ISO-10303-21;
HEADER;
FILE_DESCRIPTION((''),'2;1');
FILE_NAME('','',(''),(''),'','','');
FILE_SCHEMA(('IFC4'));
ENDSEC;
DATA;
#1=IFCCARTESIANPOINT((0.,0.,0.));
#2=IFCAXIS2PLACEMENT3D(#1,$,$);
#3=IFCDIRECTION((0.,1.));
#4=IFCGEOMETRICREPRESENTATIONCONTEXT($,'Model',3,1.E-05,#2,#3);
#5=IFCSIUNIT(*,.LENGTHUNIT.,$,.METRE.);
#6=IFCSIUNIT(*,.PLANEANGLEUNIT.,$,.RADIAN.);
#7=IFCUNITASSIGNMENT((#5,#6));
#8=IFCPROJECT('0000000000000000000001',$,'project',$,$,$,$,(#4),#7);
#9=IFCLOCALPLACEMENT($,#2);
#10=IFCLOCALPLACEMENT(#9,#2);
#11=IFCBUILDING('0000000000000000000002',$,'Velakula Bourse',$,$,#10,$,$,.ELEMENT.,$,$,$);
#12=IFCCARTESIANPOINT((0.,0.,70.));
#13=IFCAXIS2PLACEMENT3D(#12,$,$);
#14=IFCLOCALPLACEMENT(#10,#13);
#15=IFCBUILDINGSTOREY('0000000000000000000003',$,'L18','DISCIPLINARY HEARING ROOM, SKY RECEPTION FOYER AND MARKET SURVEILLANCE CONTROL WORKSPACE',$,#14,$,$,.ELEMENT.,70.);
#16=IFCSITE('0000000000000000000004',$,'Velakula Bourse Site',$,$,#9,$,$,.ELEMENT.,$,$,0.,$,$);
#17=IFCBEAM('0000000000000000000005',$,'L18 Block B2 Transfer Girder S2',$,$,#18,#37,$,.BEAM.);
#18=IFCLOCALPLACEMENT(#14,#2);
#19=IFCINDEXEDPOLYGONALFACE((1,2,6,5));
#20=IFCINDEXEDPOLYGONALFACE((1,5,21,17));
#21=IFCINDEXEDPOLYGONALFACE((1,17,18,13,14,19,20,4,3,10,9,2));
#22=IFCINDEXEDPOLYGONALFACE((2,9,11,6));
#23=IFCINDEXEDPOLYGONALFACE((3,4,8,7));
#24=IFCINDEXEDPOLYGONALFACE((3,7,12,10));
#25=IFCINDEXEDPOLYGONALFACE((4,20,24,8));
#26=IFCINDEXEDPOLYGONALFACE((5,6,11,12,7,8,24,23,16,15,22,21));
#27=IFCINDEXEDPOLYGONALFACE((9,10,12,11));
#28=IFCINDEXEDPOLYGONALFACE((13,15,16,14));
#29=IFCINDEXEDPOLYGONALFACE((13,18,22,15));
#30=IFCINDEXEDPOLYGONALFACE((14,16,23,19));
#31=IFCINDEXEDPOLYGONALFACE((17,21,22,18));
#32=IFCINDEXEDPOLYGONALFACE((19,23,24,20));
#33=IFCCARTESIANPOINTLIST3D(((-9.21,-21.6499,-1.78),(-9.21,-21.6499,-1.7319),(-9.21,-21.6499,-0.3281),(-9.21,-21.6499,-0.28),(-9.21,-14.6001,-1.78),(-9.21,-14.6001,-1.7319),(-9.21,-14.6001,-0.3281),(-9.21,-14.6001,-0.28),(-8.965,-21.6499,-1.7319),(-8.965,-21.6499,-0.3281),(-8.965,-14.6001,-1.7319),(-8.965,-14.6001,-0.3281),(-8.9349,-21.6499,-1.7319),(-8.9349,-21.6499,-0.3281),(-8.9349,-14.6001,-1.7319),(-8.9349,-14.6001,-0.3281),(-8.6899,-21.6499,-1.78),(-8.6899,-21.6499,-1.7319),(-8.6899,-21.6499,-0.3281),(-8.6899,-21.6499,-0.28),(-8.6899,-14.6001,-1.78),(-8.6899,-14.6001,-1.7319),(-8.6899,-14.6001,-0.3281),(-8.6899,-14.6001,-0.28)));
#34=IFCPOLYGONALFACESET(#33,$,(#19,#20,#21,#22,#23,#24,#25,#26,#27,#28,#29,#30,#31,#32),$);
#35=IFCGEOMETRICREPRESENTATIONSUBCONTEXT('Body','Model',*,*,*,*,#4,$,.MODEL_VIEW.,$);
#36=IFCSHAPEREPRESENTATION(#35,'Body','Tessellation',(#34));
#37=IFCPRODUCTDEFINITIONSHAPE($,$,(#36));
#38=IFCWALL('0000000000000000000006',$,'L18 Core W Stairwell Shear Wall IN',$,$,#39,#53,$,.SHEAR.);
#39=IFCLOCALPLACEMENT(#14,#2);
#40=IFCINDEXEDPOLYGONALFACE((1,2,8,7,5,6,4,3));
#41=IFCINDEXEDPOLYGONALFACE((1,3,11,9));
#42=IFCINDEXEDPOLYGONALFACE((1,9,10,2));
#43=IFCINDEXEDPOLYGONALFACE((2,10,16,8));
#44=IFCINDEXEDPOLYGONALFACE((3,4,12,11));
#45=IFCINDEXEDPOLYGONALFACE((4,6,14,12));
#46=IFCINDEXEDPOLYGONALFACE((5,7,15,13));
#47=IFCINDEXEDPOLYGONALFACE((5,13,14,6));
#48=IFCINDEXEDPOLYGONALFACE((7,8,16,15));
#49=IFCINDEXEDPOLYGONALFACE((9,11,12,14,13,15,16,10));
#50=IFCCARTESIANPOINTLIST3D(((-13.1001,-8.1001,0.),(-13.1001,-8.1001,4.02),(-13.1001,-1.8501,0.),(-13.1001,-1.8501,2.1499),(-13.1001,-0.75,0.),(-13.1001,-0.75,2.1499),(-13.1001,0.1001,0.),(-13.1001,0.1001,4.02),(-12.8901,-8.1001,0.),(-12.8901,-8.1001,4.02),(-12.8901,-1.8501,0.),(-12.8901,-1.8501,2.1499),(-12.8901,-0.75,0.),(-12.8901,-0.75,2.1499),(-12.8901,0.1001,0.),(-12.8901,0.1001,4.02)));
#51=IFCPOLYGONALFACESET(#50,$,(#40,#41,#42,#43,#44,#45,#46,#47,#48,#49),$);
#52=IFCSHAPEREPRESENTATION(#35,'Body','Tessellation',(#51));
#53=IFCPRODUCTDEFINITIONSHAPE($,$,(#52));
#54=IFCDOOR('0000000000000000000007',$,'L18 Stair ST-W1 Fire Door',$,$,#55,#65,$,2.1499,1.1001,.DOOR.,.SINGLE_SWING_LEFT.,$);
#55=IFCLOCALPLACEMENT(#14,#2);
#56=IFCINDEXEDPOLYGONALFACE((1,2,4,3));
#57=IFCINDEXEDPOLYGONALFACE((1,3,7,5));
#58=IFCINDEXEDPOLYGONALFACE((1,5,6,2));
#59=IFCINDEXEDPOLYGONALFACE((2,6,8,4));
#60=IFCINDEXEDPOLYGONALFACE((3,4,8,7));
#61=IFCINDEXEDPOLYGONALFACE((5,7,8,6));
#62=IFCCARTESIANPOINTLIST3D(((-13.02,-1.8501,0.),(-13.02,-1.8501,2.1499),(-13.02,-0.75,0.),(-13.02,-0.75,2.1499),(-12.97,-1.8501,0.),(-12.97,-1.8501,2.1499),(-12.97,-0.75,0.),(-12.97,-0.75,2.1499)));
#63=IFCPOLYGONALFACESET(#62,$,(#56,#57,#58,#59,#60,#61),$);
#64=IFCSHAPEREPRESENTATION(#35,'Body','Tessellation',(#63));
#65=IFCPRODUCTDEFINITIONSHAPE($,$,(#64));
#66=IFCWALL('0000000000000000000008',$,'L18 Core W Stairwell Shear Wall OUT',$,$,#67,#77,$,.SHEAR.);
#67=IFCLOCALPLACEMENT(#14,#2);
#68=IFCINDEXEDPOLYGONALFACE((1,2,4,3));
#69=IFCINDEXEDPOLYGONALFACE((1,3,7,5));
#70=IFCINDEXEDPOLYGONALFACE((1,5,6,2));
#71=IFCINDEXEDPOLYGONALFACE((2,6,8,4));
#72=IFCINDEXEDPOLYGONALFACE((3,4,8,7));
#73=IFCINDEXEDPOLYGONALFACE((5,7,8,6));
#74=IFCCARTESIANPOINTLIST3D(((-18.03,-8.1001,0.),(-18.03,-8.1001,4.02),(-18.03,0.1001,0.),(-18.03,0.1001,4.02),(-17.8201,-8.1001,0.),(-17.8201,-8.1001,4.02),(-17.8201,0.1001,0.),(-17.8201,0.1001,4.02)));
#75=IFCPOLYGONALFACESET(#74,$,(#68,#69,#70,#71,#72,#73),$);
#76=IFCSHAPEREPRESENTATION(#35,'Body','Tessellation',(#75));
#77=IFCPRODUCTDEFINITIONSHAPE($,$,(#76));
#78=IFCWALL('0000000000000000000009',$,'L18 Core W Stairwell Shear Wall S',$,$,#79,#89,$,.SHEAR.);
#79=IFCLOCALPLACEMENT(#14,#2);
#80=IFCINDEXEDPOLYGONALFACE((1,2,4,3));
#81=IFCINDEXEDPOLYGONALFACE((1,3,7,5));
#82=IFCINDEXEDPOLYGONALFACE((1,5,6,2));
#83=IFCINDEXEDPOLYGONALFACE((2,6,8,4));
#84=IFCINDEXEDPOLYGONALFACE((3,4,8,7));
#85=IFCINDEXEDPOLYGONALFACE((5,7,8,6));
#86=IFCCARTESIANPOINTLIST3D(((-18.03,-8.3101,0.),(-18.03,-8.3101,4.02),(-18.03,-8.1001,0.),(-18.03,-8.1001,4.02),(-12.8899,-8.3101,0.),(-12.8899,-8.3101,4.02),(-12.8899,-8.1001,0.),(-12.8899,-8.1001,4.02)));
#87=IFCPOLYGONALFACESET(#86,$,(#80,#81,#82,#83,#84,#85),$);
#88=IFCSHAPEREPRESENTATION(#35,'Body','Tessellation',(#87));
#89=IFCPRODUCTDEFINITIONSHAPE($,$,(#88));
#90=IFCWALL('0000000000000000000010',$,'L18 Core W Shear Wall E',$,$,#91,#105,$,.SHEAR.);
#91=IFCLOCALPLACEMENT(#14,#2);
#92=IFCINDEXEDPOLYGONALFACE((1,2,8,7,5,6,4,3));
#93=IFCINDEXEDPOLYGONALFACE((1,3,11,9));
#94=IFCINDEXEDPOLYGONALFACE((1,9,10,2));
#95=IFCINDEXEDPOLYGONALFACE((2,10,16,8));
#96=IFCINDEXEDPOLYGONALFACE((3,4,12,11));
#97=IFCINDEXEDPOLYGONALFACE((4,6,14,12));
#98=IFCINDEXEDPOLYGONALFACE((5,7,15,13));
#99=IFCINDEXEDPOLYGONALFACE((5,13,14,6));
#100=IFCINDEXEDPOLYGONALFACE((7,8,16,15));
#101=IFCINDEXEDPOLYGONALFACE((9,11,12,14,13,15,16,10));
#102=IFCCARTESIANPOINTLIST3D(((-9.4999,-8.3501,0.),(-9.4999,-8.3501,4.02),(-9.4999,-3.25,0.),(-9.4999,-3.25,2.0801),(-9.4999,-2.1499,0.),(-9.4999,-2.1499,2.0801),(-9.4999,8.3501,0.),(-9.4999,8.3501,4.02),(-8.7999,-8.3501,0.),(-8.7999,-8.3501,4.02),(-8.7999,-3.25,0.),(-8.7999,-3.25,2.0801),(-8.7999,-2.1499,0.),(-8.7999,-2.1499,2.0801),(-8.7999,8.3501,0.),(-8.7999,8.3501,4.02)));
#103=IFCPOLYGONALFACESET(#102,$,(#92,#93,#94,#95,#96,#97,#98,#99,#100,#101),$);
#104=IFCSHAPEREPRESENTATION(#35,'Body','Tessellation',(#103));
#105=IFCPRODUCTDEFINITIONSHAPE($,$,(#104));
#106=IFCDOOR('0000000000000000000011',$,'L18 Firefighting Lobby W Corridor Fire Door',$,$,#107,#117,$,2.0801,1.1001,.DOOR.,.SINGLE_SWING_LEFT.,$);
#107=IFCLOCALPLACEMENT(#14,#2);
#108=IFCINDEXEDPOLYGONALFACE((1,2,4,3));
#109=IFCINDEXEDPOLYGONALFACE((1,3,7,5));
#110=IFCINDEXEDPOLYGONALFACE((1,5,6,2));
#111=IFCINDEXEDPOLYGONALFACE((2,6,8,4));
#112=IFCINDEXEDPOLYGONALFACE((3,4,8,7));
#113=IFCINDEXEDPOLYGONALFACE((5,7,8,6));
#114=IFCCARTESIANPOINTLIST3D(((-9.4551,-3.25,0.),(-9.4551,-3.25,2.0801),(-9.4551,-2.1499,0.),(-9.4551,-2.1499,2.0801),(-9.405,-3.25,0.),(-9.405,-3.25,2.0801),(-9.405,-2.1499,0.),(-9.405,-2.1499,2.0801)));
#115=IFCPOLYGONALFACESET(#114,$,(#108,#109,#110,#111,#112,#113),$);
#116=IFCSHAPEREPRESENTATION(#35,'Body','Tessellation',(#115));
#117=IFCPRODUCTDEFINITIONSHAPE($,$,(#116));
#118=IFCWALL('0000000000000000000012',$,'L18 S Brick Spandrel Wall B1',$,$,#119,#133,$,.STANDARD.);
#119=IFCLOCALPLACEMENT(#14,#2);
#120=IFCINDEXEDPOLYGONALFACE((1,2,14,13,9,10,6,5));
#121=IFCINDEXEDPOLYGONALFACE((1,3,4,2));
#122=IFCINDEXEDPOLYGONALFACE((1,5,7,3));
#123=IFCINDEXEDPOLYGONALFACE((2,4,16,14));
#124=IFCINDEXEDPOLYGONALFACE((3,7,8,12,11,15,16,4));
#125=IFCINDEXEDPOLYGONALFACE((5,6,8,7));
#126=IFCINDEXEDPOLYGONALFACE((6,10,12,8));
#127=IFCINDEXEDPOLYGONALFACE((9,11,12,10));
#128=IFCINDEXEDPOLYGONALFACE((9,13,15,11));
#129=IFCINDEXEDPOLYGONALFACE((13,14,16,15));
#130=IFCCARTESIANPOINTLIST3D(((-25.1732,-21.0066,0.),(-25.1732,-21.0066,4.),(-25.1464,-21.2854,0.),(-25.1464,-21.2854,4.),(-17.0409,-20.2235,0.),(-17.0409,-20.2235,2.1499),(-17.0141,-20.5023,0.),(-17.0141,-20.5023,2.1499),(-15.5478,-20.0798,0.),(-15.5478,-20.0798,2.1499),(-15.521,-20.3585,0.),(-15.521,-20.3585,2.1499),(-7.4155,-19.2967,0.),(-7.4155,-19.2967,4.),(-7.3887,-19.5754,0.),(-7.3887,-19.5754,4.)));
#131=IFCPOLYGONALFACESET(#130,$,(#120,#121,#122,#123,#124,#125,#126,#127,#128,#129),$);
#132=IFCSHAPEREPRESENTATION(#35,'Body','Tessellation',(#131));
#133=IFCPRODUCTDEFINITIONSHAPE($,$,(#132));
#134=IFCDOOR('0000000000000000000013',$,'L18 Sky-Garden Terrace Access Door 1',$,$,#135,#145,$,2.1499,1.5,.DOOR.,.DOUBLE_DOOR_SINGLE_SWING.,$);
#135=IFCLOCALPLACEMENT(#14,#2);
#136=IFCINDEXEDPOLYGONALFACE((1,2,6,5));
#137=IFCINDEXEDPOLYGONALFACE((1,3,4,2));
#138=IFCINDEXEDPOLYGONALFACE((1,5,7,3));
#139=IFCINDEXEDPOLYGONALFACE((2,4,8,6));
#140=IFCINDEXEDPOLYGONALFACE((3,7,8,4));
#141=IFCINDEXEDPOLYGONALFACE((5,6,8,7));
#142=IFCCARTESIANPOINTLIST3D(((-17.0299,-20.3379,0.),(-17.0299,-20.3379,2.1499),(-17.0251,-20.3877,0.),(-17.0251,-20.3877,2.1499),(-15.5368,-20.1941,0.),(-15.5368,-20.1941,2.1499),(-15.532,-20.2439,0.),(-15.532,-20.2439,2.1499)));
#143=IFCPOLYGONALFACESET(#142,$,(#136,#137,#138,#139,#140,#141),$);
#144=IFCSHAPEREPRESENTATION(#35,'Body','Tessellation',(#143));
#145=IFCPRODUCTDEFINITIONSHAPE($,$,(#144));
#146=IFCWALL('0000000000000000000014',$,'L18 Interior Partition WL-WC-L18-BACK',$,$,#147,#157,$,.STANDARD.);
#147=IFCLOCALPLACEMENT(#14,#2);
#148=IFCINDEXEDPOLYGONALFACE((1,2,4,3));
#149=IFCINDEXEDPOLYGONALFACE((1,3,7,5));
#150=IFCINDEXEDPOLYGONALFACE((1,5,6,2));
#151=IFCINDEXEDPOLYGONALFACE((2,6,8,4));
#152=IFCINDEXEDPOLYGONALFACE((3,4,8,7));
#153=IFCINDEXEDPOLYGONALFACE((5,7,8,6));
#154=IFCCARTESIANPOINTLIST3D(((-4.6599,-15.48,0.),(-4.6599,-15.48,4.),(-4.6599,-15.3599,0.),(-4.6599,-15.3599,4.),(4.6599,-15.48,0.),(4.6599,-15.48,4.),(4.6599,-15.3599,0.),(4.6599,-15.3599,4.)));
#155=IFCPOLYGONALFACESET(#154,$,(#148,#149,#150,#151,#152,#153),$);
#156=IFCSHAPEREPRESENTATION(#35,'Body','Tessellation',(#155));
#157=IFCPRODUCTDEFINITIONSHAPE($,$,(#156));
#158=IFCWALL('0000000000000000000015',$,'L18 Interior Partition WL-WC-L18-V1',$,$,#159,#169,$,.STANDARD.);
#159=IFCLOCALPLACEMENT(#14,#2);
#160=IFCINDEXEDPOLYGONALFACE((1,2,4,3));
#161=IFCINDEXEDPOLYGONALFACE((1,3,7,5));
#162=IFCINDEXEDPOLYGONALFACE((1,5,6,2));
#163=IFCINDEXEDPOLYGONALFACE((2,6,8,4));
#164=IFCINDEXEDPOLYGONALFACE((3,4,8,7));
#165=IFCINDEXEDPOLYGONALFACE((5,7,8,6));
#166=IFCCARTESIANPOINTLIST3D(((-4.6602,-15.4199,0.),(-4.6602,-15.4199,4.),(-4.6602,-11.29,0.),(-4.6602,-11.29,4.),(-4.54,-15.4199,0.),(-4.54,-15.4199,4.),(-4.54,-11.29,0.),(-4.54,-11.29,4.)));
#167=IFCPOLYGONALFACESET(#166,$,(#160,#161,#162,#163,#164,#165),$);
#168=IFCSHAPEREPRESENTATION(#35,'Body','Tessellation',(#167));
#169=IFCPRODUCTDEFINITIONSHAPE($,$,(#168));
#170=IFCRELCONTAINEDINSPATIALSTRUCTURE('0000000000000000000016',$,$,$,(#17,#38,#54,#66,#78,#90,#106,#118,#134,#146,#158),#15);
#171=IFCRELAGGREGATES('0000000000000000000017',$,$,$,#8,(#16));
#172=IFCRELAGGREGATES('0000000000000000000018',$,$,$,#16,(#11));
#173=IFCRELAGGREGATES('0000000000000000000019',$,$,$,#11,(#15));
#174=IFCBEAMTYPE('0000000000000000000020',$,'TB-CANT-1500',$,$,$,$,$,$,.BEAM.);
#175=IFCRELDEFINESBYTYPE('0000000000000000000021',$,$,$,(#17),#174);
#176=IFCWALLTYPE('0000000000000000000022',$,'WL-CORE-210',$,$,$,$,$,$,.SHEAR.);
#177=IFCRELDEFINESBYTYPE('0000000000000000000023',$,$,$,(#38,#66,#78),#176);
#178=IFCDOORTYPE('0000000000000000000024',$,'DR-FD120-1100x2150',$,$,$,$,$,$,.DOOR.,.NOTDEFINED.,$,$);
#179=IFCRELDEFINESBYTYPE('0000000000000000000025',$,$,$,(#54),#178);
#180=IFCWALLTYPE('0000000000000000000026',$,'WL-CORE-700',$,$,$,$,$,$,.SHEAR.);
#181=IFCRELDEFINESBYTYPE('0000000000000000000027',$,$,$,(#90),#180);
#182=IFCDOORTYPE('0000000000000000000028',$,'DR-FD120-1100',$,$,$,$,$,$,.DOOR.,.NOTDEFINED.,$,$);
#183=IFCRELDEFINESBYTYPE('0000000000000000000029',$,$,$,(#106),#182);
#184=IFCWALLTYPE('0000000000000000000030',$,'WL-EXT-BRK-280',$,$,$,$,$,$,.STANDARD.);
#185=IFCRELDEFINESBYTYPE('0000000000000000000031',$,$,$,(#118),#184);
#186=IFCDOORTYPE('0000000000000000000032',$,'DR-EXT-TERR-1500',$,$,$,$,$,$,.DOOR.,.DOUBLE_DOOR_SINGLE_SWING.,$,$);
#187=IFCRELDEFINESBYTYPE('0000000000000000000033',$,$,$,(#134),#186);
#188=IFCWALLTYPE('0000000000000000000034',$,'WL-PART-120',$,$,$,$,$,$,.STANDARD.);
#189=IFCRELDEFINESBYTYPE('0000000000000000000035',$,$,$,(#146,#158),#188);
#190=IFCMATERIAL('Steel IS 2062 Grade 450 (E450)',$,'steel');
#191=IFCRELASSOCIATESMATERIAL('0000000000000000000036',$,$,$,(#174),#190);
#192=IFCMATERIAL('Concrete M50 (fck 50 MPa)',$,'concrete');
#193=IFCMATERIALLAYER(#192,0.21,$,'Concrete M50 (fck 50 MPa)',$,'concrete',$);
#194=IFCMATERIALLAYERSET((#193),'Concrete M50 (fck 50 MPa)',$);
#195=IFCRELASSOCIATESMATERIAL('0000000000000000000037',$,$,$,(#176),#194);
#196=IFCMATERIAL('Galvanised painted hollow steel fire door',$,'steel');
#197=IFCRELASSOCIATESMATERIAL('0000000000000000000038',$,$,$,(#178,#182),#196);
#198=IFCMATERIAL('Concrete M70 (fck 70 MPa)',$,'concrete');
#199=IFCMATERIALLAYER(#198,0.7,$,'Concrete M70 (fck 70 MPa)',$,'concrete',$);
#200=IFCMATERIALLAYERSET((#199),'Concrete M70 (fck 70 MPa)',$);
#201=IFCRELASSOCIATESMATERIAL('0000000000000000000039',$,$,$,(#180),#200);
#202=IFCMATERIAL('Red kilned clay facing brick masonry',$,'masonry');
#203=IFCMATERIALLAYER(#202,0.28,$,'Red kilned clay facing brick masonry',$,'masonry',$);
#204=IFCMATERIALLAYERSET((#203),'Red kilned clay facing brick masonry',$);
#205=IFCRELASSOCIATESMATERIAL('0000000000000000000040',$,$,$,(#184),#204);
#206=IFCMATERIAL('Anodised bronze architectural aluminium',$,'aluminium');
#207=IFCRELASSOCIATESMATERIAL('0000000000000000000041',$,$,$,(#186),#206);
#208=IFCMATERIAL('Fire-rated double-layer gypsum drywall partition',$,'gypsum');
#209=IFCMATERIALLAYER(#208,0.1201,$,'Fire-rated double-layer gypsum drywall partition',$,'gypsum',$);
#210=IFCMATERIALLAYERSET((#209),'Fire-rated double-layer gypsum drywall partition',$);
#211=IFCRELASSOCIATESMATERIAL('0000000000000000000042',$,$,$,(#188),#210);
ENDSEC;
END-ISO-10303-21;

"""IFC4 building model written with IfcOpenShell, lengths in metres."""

from ifc_helpers import new_model, si_unit, direction, frame, frame_2d, origin, origin_2d, place, context, subcontext, project, spatial, rectangle, i_section, extrude, material, layer, layer_set, material_profile, profile_set, type_object, element, fill, save


model = new_model("IFC4")

# Units and contexts
model_context = context("Model", 3, precision=1e-05, world=origin(), true_north=direction((0.0, 1.0)))
body_context = subcontext(model_context, "Body", "Model", "MODEL_VIEW")
ifc_project = project(units=[si_unit("LENGTHUNIT", "METRE"), si_unit("PLANEANGLEUNIT", "RADIAN")], contexts=[model_context])

# Site, building, storey
site_placement = place(None, origin())
site = spatial("IfcSite", under=ifc_project, at=site_placement, Name="Velakula Bourse Site", CompositionType="ELEMENT", RefElevation=0.0)
building_placement = place(site_placement, origin())
building = spatial("IfcBuilding", under=site, at=building_placement, Name="Velakula Bourse", CompositionType="ELEMENT")
storey_placement = place(building_placement, frame((0.0, 0.0, 70.0)))
storey = spatial("IfcBuildingStorey", under=building, at=storey_placement, Name="L18", Description="DISCIPLINARY HEARING ROOM, SKY RECEPTION FOYER AND MARKET SURVEILLANCE CONTROL WORKSPACE", CompositionType="ELEMENT", Elevation=70.0)

# Shared definitions
ifc_material_1 = material(Name="Concrete M70 (fck 70 MPa)", Category="concrete")
ifc_material_2 = material(Name="Steel IS 2062 Grade 450 (E450)", Category="steel")

# Beam
ifc_material_3 = material(Name="Concrete M50 (fck 50 MPa)", Category="concrete")
ifc_material_profile_1 = material_profile(ifc_material_2, i_section(OverallWidth=0.52, OverallDepth=1.5, WebThickness=0.03, FlangeThickness=0.0481, at=origin_2d()), Name="Steel IS 2062 Grade 450 (E450)")
ifc_profile_set_1 = profile_set([ifc_material_profile_1], Name="Steel IS 2062 Grade 450 (E450)")
beam_type_1 = type_object("IfcBeamType", Name="TB-CANT-1500", PredefinedType="BEAM", material=ifc_profile_set_1)
beam_1_placement = place(storey_placement, frame((-8.95, -21.6499, -1.03), z_axis=(0.0, 1.0, 0.0), x_axis=(-1.0, 0.0, 0.0)))
element("IfcBeam", 1, at=beam_1_placement, inside=storey, type_object=beam_type_1, Name="L18 Block B2 Transfer Girder S2", PredefinedType="BEAM", context=body_context, shape_type="SweptSolid", body=[
    extrude(i_section(OverallWidth=0.52, OverallDepth=1.5, WebThickness=0.03, FlangeThickness=0.0481, at=origin_2d()), origin(), (0.0, 0.0, 1.0), 7.0498),
])

# Wall, opening, door
ifc_layer_1 = layer(ifc_material_3, 0.21, Name="Concrete M50 (fck 50 MPa)", Category="concrete")
ifc_layer_set_1 = layer_set([ifc_layer_1], Name="Concrete M50 (fck 50 MPa)")
wall_type_1 = type_object("IfcWallType", Name="WL-CORE-210", PredefinedType="SHEAR", material=ifc_layer_set_1)
wall_1_placement = place(storey_placement, frame((-12.9951, -8.1001, 0.0), z_axis=(0.0, 0.0, 1.0), x_axis=(0.0, 1.0, 0.0)))
wall_1 = element("IfcWall", 2, at=wall_1_placement, inside=storey, type_object=wall_type_1, Name="L18 Core W Stairwell Shear Wall IN", PredefinedType="SHEAR", context=body_context, shape_type="SweptSolid", body=[
    extrude(rectangle(XDim=8.2002, YDim=0.21, at=frame_2d((4.1001, 0.0))), origin(), (0.0, 0.0, 1.0), 4.02),
])
opening_1_placement = place(wall_1_placement, frame((6.25, 0.0, 0.0)))
opening_1 = element("IfcOpeningElement", 3, at=opening_1_placement, cuts=wall_1, PredefinedType="OPENING", context=body_context, shape_type="SweptSolid", body=[
    extrude(rectangle(XDim=1.1001, YDim=2.1499, at=frame_2d((0.55, 1.075))), frame((0.0, 0.115, 0.0), z_axis=(0.0, -1.0, 0.0), x_axis=(1.0, 0.0, 0.0)), (0.0, 0.0, 1.0), 0.23),
])
ifc_material_4 = material(Name="Galvanised painted hollow steel fire door", Category="steel")
door_type_1 = type_object("IfcDoorType", Name="DR-FD120-1100x2150", OperationType="NOTDEFINED", PredefinedType="DOOR", material=ifc_material_4)
door_1_placement = place(opening_1_placement, origin())
door_1 = element("IfcDoor", 4, at=door_1_placement, inside=storey, type_object=door_type_1, Name="L18 Stair ST-W1 Fire Door", OperationType="SINGLE_SWING_LEFT", OverallHeight=2.1499, OverallWidth=1.1001, PredefinedType="DOOR", context=body_context, shape_type="SweptSolid", body=[
    extrude(rectangle(XDim=1.1001, YDim=2.1499, at=frame_2d((0.55, 1.075))), frame((0.0, 0.0249, 0.0), z_axis=(0.0, -1.0, 0.0), x_axis=(1.0, 0.0, 0.0)), (0.0, 0.0, 1.0), 0.05),
])
fill(opening_1, door_1)

# Walls
wall_2_placement = place(storey_placement, frame((-17.925, -8.1001, 0.0), z_axis=(0.0, 0.0, 1.0), x_axis=(0.0, 1.0, 0.0)))
element("IfcWall", 5, at=wall_2_placement, inside=storey, type_object=wall_type_1, Name="L18 Core W Stairwell Shear Wall OUT", PredefinedType="SHEAR", context=body_context, shape_type="SweptSolid", body=[
    extrude(rectangle(XDim=8.2002, YDim=0.21, at=frame_2d((4.1001, 0.0))), origin(), (0.0, 0.0, 1.0), 4.02),
])
wall_3_placement = place(storey_placement, frame((-18.03, -8.2051, 0.0), z_axis=(0.0, 0.0, 1.0), x_axis=(1.0, 0.0, 0.0)))
element("IfcWall", 6, at=wall_3_placement, inside=storey, type_object=wall_type_1, Name="L18 Core W Stairwell Shear Wall S", PredefinedType="SHEAR", context=body_context, shape_type="SweptSolid", body=[
    extrude(rectangle(XDim=5.1401, YDim=0.21, at=frame_2d((2.5701, 0.0))), origin(), (0.0, 0.0, 1.0), 4.02),
])

# Walls, openings, doors
ifc_layer_2 = layer(ifc_material_1, 0.7, Name="Concrete M70 (fck 70 MPa)", Category="concrete")
ifc_layer_set_2 = layer_set([ifc_layer_2], Name="Concrete M70 (fck 70 MPa)")
wall_type_2 = type_object("IfcWallType", Name="WL-CORE-700", PredefinedType="SHEAR", material=ifc_layer_set_2)
wall_4_placement = place(storey_placement, frame((-9.1499, -8.3501, 0.0), z_axis=(0.0, 0.0, 1.0), x_axis=(0.0, 1.0, 0.0)))
wall_4 = element("IfcWall", 7, at=wall_4_placement, inside=storey, type_object=wall_type_2, Name="L18 Core W Shear Wall E", PredefinedType="SHEAR", context=body_context, shape_type="SweptSolid", body=[
    extrude(rectangle(XDim=16.7002, YDim=0.7, at=frame_2d((8.3501, 0.0))), origin(), (0.0, 0.0, 1.0), 4.02),
])
opening_2_placement = place(wall_4_placement, frame((5.1001, 0.0, 0.0)))
opening_2 = element("IfcOpeningElement", 8, at=opening_2_placement, cuts=wall_4, PredefinedType="OPENING", context=body_context, shape_type="SweptSolid", body=[
    extrude(rectangle(XDim=1.1001, YDim=2.0801, at=frame_2d((0.55, 1.04))), frame((0.0, 0.3599, 0.0), z_axis=(0.0, -1.0, 0.0), x_axis=(1.0, 0.0, 0.0)), (0.0, 0.0, 1.0), 0.72),
])
door_type_2 = type_object("IfcDoorType", Name="DR-FD120-1100", OperationType="NOTDEFINED", PredefinedType="DOOR", material=ifc_material_4)
door_2_placement = place(opening_2_placement, origin())
door_2 = element("IfcDoor", 9, at=door_2_placement, inside=storey, type_object=door_type_2, Name="L18 Firefighting Lobby W Corridor Fire Door", OperationType="SINGLE_SWING_LEFT", OverallHeight=2.0801, OverallWidth=1.1001, PredefinedType="DOOR", context=body_context, shape_type="SweptSolid", body=[
    extrude(rectangle(XDim=1.1001, YDim=2.0801, at=frame_2d((0.55, 1.04))), frame((0.0, 0.3052, 0.0), z_axis=(0.0, -1.0, 0.0), x_axis=(1.0, 0.0, 0.0)), (0.0, 0.0, 1.0), 0.05),
])
fill(opening_2, door_2)
ifc_material_5 = material(Name="Red kilned clay facing brick masonry", Category="masonry")
ifc_layer_3 = layer(ifc_material_5, 0.28, Name="Red kilned clay facing brick masonry", Category="masonry")
ifc_layer_set_3 = layer_set([ifc_layer_3], Name="Red kilned clay facing brick masonry")
wall_type_3 = type_object("IfcWallType", Name="WL-EXT-BRK-280", PredefinedType="STANDARD", material=ifc_layer_set_3)
wall_5_placement = place(storey_placement, frame((-7.4021, -19.436, 0.0), z_axis=(0.0, 0.0, 1.0), x_axis=(-0.995396, -0.09585, 0.0)))
wall_5 = element("IfcWall", 10, at=wall_5_placement, inside=storey, type_object=wall_type_3, Name="L18 S Brick Spandrel Wall B1", PredefinedType="STANDARD", context=body_context, shape_type="SweptSolid", body=[
    extrude(rectangle(XDim=17.8398, YDim=0.28, at=frame_2d((8.9199, 0.0))), origin(), (0.0, 0.0, 1.0), 4.0),
])
opening_3_placement = place(wall_5_placement, frame((8.1699, 0.0, 0.0)))
opening_3 = element("IfcOpeningElement", 11, at=opening_3_placement, cuts=wall_5, PredefinedType="OPENING", context=body_context, shape_type="SweptSolid", body=[
    extrude(rectangle(XDim=1.5, YDim=2.1499, at=frame_2d((0.75, 1.075))), frame((0.0, 0.1499, 0.0), z_axis=(0.0, -1.0, 0.0), x_axis=(1.0, 0.0, 0.0)), (0.0, 0.0, 1.0), 0.3),
])
ifc_material_6 = material(Name="Anodised bronze architectural aluminium", Category="aluminium")
door_type_3 = type_object("IfcDoorType", Name="DR-EXT-TERR-1500", OperationType="DOUBLE_DOOR_SINGLE_SWING", PredefinedType="DOOR", material=ifc_material_6)
door_3_placement = place(opening_3_placement, origin())
door_3 = element("IfcDoor", 12, at=door_3_placement, inside=storey, type_object=door_type_3, Name="L18 Sky-Garden Terrace Access Door 1", OperationType="DOUBLE_DOOR_SINGLE_SWING", OverallHeight=2.1499, OverallWidth=1.5, PredefinedType="DOOR", context=body_context, shape_type="SweptSolid", body=[
    extrude(rectangle(XDim=1.5, YDim=2.1499, at=frame_2d((0.75, 1.075))), frame((0.0, 0.0249, 0.0), z_axis=(0.0, -1.0, 0.0), x_axis=(1.0, 0.0, 0.0)), (0.0, 0.0, 1.0), 0.05),
])
fill(opening_3, door_3)

# Walls
ifc_material_7 = material(Name="Fire-rated double-layer gypsum drywall partition", Category="gypsum")
ifc_layer_4 = layer(ifc_material_7, 0.1201, Name="Fire-rated double-layer gypsum drywall partition", Category="gypsum")
ifc_layer_set_4 = layer_set([ifc_layer_4], Name="Fire-rated double-layer gypsum drywall partition")
wall_type_4 = type_object("IfcWallType", Name="WL-PART-120", PredefinedType="STANDARD", material=ifc_layer_set_4)
wall_6_placement = place(storey_placement, frame((-4.6599, -15.4199, 0.0), z_axis=(0.0, 0.0, 1.0), x_axis=(1.0, 0.0, 0.0)))
element("IfcWall", 13, at=wall_6_placement, inside=storey, type_object=wall_type_4, Name="L18 Interior Partition WL-WC-L18-BACK", PredefinedType="STANDARD", context=body_context, shape_type="SweptSolid", body=[
    extrude(rectangle(XDim=9.3198, YDim=0.1201, at=frame_2d((4.6599, 0.0))), origin(), (0.0, 0.0, 1.0), 4.0),
])
for number, where, z_axis, x_axis, name in (
    (14, (-4.6001, -15.4199, 0.0), (0.0, 0.0, 1.0), (0.0, 1.0, 0.0), "L18 Interior Partition WL-WC-L18-V1"),
):
    element("IfcWall", number, at=place(storey_placement, frame(where, z_axis=z_axis, x_axis=x_axis)), inside=storey, type_object=wall_type_4, Name=name, PredefinedType="STANDARD", context=body_context, shape_type="SweptSolid", body=[
        extrude(rectangle(XDim=4.1299, YDim=0.1201, at=frame_2d((2.0649, 0.0))), origin(), (0.0, 0.0, 1.0), 4.0),
    ])

save(model, "model.ifc")
